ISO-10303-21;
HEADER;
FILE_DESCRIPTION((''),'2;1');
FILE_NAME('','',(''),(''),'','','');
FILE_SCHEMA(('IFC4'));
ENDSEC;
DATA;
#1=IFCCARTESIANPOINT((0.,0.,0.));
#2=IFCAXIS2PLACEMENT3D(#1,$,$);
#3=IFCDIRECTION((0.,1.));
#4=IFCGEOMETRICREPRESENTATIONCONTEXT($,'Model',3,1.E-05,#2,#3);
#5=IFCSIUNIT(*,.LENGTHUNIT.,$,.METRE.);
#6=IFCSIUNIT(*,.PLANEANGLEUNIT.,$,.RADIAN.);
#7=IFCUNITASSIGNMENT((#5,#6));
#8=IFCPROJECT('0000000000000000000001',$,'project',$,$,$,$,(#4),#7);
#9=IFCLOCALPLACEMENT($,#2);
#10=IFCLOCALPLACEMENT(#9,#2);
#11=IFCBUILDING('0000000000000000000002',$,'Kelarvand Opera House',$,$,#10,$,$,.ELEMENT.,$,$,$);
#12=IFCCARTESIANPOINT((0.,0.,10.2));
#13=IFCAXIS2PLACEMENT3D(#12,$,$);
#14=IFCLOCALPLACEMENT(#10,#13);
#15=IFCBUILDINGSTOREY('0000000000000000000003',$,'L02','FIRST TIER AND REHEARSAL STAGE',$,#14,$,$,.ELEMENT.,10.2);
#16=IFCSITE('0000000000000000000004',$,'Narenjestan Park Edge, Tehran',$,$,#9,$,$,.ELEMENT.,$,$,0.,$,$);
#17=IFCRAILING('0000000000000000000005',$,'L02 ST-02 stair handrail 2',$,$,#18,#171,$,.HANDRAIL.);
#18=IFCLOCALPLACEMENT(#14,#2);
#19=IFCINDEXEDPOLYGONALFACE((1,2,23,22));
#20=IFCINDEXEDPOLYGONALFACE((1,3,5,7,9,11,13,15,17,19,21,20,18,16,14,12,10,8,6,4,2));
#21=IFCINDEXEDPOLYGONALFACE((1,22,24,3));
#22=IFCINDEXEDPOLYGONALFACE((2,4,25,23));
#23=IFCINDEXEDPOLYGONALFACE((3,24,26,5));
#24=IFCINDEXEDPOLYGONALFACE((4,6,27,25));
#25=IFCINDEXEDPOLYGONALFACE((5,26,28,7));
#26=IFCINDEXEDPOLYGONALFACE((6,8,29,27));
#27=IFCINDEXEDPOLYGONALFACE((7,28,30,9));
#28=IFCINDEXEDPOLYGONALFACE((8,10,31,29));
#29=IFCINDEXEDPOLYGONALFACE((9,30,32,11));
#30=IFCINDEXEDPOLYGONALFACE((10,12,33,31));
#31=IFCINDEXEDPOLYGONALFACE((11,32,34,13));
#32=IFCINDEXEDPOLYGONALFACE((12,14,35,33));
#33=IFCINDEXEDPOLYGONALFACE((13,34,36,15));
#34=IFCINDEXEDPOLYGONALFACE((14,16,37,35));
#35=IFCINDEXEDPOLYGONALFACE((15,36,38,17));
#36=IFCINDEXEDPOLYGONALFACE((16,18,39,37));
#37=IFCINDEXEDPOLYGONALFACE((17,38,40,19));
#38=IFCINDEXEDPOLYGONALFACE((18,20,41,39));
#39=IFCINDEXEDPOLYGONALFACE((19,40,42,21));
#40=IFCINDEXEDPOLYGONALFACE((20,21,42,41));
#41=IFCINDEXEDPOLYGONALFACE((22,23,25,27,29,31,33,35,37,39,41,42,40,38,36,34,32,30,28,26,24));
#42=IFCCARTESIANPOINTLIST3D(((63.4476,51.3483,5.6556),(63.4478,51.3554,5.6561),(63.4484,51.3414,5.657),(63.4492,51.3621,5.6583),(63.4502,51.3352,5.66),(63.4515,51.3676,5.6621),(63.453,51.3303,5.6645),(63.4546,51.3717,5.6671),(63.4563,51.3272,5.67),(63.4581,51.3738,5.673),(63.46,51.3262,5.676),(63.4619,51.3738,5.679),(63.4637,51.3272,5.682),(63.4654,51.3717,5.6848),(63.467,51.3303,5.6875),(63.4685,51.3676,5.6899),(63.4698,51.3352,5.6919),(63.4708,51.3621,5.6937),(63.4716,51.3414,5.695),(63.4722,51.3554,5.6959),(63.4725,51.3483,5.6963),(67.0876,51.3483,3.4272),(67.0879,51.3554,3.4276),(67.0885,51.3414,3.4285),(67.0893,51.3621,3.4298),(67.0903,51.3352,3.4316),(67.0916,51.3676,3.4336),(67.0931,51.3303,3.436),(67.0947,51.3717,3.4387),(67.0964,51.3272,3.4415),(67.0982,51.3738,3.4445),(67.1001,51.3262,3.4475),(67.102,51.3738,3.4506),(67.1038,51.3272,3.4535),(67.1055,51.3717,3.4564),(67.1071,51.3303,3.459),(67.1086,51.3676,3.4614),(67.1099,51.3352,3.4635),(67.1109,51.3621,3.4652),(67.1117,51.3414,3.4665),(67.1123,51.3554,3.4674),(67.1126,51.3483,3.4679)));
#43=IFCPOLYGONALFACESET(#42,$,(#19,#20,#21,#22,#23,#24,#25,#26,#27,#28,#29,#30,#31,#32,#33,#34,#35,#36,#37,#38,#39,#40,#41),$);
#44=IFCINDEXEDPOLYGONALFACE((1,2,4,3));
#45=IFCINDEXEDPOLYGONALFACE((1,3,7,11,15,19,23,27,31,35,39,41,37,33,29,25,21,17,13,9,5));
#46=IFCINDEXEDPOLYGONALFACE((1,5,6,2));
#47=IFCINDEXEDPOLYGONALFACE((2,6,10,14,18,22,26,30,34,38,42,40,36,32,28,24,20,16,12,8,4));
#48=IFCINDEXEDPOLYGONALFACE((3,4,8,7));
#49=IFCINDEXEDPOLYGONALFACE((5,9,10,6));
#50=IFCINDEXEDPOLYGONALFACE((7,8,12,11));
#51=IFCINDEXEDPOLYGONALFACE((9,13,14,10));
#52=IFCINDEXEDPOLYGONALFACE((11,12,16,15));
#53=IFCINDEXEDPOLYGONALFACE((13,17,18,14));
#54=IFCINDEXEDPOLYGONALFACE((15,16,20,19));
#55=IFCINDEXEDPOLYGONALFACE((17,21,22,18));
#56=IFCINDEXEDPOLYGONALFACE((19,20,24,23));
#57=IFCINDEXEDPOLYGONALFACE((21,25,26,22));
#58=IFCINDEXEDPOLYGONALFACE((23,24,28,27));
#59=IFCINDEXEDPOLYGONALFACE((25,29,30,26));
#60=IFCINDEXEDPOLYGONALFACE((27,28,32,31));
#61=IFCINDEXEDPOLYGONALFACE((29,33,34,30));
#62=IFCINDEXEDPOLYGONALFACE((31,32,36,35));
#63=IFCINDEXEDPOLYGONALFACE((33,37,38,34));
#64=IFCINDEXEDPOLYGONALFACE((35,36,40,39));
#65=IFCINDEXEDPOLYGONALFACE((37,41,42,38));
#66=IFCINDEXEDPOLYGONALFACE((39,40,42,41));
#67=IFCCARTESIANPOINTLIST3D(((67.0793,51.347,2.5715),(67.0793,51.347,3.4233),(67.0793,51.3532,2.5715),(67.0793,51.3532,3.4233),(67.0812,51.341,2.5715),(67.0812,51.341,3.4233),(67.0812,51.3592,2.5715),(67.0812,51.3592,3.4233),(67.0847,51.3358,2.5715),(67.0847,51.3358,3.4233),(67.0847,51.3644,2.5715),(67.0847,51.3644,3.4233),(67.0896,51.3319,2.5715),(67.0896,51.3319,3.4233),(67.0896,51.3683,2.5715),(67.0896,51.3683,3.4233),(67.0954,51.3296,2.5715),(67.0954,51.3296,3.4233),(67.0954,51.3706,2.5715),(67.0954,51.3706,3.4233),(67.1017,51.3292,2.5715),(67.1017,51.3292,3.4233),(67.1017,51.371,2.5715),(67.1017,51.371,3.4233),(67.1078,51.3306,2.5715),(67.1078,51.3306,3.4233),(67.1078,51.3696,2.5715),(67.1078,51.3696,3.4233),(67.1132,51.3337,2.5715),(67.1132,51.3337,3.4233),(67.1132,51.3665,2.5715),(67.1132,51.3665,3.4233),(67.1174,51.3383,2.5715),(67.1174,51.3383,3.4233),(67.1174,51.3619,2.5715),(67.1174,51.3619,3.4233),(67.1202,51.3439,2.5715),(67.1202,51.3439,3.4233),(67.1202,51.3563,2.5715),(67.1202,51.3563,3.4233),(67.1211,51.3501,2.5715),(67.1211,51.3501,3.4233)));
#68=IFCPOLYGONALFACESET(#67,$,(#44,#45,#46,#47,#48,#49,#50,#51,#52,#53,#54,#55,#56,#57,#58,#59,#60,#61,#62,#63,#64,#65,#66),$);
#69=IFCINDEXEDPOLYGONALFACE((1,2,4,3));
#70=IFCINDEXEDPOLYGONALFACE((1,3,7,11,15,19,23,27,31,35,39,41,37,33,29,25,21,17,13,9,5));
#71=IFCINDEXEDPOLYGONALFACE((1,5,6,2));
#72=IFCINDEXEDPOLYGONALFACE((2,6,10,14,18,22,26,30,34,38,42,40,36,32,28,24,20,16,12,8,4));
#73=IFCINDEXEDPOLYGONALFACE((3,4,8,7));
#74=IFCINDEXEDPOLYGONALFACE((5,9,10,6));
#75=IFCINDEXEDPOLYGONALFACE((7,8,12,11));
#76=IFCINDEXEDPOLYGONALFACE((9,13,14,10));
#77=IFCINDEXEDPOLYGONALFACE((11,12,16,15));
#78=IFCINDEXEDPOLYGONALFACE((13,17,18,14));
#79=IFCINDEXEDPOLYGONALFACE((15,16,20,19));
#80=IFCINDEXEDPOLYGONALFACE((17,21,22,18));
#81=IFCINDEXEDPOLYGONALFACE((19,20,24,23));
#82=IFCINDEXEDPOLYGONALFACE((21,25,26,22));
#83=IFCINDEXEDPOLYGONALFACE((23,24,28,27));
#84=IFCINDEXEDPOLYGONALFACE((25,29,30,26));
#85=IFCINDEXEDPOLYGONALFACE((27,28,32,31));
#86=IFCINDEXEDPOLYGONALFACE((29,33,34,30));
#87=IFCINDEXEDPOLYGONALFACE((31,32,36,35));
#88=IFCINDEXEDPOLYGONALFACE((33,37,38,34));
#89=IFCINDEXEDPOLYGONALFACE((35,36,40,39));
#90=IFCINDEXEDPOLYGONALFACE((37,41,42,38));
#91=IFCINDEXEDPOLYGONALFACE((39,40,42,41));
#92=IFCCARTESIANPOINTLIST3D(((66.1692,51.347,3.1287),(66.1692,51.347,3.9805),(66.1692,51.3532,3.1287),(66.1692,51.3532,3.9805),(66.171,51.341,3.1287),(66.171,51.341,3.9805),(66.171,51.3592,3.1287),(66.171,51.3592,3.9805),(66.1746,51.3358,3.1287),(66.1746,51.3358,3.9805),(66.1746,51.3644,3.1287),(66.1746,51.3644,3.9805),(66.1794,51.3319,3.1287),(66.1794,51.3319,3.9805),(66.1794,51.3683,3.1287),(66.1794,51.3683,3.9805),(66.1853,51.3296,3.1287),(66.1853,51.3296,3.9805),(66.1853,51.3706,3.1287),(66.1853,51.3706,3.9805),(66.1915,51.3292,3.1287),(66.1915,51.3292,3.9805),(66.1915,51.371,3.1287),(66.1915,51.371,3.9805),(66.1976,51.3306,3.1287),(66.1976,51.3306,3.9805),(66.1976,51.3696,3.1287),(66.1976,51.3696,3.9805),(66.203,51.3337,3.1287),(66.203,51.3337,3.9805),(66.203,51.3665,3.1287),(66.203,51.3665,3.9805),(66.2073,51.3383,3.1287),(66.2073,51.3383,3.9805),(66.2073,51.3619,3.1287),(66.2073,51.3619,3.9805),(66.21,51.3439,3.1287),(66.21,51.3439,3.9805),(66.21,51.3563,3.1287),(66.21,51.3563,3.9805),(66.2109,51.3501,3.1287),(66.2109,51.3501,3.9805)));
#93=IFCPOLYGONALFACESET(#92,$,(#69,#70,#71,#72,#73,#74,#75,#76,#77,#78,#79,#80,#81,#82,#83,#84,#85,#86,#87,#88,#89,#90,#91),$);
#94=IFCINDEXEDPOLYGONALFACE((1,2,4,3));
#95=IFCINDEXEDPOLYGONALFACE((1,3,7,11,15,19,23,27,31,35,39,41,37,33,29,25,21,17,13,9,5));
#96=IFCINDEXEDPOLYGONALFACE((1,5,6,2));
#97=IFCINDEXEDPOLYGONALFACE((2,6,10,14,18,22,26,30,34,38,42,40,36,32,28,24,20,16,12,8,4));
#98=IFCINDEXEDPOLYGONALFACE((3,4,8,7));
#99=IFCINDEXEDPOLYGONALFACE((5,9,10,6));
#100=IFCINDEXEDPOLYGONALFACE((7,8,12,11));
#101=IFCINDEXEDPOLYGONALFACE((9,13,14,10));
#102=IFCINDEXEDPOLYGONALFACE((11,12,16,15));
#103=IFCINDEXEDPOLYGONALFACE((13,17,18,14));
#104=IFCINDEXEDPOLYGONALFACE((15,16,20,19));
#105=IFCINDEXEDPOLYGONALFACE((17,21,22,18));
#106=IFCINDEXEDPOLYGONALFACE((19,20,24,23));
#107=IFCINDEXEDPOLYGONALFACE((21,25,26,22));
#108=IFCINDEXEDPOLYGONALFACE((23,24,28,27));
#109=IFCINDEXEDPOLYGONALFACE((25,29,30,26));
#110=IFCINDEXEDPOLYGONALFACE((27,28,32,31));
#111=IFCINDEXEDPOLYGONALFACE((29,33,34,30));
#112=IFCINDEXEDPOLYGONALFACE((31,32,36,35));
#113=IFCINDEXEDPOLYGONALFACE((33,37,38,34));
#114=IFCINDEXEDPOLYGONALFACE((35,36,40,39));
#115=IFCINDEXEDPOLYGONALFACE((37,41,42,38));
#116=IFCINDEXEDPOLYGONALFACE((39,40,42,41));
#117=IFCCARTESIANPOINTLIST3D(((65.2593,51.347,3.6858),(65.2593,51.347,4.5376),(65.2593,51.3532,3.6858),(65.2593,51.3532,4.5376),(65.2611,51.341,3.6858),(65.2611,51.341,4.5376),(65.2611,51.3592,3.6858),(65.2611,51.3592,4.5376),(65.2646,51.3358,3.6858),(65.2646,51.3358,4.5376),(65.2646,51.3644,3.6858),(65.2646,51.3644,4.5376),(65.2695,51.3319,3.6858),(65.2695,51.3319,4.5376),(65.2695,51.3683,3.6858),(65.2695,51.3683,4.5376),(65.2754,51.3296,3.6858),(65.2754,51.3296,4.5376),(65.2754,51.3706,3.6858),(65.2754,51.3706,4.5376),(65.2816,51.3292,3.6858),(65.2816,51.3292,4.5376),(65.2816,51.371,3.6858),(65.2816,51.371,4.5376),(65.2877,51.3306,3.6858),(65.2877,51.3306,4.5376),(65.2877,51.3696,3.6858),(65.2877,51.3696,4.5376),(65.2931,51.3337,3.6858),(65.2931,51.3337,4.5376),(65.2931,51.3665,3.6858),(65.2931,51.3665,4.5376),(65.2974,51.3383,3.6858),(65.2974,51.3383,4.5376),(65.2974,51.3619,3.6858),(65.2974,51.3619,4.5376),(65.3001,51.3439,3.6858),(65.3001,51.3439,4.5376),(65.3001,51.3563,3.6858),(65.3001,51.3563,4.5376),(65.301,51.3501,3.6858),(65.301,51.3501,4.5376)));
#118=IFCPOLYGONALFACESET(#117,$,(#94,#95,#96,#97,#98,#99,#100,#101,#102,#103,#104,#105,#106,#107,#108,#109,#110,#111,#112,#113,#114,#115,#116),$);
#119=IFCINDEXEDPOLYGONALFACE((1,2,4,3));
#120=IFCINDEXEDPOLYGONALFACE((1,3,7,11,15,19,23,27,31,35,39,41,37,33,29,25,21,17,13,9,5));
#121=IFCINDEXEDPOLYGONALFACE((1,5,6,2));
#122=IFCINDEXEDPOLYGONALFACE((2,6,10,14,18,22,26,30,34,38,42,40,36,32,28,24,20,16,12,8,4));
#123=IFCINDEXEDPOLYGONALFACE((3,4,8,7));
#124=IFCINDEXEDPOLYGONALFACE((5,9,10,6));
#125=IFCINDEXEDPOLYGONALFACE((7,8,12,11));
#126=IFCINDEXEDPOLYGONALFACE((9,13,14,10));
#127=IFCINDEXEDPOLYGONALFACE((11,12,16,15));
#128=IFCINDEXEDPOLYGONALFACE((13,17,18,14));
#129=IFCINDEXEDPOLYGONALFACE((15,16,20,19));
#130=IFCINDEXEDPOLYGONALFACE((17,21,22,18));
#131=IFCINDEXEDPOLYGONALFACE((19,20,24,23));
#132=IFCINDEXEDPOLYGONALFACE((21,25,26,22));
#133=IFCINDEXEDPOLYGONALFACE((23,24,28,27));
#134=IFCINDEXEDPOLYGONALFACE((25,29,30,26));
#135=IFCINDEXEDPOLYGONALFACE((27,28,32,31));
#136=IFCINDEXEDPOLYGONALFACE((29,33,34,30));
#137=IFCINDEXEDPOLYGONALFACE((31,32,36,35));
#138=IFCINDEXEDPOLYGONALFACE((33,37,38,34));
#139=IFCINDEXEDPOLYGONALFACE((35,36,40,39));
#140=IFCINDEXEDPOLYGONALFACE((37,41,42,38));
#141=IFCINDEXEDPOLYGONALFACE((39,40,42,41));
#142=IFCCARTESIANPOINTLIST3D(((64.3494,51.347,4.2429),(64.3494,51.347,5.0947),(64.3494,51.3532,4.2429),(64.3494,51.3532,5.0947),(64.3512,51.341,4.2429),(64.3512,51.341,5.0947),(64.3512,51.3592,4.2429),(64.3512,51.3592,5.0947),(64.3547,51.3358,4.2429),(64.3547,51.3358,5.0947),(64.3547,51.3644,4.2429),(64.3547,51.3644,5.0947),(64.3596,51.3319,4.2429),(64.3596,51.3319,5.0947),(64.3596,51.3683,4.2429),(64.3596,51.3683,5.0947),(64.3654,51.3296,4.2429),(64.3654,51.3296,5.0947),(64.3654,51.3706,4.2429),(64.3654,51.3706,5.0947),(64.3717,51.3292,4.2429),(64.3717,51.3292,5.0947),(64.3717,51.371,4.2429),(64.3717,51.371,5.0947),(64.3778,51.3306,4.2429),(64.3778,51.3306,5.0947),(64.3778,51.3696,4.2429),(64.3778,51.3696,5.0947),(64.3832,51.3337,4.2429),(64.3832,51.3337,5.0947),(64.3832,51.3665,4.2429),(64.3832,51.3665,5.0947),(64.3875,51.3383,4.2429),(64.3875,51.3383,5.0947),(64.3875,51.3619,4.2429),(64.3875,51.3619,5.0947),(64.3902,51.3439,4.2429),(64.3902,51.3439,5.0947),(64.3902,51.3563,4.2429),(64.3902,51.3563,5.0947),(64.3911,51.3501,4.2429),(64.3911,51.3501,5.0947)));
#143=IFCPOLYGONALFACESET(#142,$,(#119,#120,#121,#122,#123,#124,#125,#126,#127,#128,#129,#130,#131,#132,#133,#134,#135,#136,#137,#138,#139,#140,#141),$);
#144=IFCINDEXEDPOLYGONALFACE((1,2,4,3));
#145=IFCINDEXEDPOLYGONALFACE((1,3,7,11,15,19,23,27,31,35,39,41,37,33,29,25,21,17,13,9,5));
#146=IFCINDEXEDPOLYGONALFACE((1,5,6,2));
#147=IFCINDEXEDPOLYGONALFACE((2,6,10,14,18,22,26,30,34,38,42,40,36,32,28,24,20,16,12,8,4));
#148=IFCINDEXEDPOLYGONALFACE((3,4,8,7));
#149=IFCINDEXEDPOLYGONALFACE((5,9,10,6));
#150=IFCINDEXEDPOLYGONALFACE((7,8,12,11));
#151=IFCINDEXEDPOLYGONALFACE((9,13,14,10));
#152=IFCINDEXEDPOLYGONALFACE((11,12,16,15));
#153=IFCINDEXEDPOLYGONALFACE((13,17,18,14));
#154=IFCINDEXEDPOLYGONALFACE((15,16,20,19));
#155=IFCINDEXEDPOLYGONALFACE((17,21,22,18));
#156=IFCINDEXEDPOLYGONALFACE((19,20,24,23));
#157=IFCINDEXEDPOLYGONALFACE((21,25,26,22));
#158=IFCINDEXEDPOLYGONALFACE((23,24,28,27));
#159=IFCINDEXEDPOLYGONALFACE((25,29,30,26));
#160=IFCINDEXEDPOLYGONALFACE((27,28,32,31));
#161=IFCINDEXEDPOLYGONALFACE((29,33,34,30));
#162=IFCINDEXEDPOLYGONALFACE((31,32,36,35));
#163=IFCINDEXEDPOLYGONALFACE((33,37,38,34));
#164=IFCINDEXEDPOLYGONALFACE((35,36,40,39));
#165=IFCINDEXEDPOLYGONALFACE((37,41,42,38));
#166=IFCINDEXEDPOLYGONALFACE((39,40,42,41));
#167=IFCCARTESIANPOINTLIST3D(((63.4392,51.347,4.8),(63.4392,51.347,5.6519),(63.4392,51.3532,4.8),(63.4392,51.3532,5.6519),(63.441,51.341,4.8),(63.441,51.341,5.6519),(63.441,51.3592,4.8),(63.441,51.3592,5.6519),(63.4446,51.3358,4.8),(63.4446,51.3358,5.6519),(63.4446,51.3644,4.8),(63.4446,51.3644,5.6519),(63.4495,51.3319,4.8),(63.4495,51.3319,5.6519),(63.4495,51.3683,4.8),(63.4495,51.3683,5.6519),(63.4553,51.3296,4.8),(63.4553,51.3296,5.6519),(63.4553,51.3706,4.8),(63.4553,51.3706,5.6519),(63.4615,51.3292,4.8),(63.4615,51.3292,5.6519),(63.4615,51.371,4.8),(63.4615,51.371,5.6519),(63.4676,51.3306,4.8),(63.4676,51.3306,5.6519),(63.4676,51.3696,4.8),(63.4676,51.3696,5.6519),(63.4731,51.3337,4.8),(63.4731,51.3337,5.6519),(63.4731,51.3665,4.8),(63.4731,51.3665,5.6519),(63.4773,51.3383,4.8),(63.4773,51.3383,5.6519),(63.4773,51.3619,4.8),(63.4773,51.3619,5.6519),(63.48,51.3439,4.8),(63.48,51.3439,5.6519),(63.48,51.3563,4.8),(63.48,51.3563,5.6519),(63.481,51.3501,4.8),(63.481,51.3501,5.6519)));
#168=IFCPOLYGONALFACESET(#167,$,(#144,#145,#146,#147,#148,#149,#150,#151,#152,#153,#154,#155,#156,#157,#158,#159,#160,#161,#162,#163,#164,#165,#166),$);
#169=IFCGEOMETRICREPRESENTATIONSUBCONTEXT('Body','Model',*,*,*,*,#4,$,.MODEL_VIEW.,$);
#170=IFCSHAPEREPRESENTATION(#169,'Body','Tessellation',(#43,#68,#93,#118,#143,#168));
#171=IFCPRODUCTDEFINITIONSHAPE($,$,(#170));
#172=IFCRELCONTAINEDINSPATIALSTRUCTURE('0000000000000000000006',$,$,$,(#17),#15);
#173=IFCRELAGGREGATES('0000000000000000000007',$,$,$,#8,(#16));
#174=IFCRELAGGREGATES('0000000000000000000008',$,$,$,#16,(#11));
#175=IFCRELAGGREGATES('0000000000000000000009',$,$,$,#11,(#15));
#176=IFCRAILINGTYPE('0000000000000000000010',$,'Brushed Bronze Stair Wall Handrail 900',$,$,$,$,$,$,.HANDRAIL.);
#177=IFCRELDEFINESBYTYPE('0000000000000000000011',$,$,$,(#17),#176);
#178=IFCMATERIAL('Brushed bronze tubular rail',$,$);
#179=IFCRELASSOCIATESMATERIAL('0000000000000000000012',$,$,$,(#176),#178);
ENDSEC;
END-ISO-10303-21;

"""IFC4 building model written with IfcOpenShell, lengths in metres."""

from ifc_helpers import new_model, si_unit, direction, frame, origin, origin_2d, place, context, subcontext, project, spatial, circle, extrude, material, type_object, element, save


model = new_model("IFC4")

# Units and contexts
model_context = context("Model", 3, precision=1e-05, world=origin(), true_north=direction((0.0, 1.0)))
body_context = subcontext(model_context, "Body", "Model", "MODEL_VIEW")
ifc_project = project(units=[si_unit("LENGTHUNIT", "METRE"), si_unit("PLANEANGLEUNIT", "RADIAN")], contexts=[model_context])

# Site, building, storey
site_placement = place(None, origin())
site = spatial("IfcSite", under=ifc_project, at=site_placement, Name="Narenjestan Park Edge, Tehran", CompositionType="ELEMENT", RefElevation=0.0)
building_placement = place(site_placement, origin())
building = spatial("IfcBuilding", under=site, at=building_placement, Name="Kelarvand Opera House", CompositionType="ELEMENT")
storey_placement = place(building_placement, frame((0.0, 0.0, 10.2)))
storey = spatial("IfcBuildingStorey", under=building, at=storey_placement, Name="L02", Description="FIRST TIER AND REHEARSAL STAGE", CompositionType="ELEMENT", Elevation=10.2)

# Railing
ifc_material_1 = material(Name="Brushed bronze tubular rail")
railing_type_1 = type_object("IfcRailingType", Name="Brushed Bronze Stair Wall Handrail 900", PredefinedType="HANDRAIL", material=ifc_material_1)
railing_1_placement = place(storey_placement, frame((67.1001, 51.3501, 2.5715)))
element("IfcRailing", 1, at=railing_1_placement, inside=storey, type_object=railing_type_1, Name="L02 ST-02 stair handrail 2", PredefinedType="HANDRAIL", context=body_context, shape_type="SweptSolid", body=[
    extrude(circle(Radius=0.0239, at=origin_2d()), frame((0.0, 0.0, 0.876), z_axis=(-0.852866, 0.0, 0.52213), x_axis=(0.0, -1.0, 0.0)), (0.0, 0.0, 1.0), 4.2681),
    extrude(circle(Radius=0.021, at=origin_2d()), origin(), (0.0, 0.0, 1.0), 0.8518),
    extrude(circle(Radius=0.021, at=origin_2d()), frame((-0.9102, 0.0, 0.5571)), (0.0, 0.0, 1.0), 0.8518),
    extrude(circle(Radius=0.021, at=origin_2d()), frame((-1.8201, 0.0, 1.1143)), (0.0, 0.0, 1.0), 0.8518),
    extrude(circle(Radius=0.021, at=origin_2d()), frame((-2.73, 0.0, 1.6714)), (0.0, 0.0, 1.0), 0.8518),
    extrude(circle(Radius=0.021, at=origin_2d()), frame((-3.6401, 0.0, 2.2285)), (0.0, 0.0, 1.0), 0.8518),
])

save(model, "model.ifc")
